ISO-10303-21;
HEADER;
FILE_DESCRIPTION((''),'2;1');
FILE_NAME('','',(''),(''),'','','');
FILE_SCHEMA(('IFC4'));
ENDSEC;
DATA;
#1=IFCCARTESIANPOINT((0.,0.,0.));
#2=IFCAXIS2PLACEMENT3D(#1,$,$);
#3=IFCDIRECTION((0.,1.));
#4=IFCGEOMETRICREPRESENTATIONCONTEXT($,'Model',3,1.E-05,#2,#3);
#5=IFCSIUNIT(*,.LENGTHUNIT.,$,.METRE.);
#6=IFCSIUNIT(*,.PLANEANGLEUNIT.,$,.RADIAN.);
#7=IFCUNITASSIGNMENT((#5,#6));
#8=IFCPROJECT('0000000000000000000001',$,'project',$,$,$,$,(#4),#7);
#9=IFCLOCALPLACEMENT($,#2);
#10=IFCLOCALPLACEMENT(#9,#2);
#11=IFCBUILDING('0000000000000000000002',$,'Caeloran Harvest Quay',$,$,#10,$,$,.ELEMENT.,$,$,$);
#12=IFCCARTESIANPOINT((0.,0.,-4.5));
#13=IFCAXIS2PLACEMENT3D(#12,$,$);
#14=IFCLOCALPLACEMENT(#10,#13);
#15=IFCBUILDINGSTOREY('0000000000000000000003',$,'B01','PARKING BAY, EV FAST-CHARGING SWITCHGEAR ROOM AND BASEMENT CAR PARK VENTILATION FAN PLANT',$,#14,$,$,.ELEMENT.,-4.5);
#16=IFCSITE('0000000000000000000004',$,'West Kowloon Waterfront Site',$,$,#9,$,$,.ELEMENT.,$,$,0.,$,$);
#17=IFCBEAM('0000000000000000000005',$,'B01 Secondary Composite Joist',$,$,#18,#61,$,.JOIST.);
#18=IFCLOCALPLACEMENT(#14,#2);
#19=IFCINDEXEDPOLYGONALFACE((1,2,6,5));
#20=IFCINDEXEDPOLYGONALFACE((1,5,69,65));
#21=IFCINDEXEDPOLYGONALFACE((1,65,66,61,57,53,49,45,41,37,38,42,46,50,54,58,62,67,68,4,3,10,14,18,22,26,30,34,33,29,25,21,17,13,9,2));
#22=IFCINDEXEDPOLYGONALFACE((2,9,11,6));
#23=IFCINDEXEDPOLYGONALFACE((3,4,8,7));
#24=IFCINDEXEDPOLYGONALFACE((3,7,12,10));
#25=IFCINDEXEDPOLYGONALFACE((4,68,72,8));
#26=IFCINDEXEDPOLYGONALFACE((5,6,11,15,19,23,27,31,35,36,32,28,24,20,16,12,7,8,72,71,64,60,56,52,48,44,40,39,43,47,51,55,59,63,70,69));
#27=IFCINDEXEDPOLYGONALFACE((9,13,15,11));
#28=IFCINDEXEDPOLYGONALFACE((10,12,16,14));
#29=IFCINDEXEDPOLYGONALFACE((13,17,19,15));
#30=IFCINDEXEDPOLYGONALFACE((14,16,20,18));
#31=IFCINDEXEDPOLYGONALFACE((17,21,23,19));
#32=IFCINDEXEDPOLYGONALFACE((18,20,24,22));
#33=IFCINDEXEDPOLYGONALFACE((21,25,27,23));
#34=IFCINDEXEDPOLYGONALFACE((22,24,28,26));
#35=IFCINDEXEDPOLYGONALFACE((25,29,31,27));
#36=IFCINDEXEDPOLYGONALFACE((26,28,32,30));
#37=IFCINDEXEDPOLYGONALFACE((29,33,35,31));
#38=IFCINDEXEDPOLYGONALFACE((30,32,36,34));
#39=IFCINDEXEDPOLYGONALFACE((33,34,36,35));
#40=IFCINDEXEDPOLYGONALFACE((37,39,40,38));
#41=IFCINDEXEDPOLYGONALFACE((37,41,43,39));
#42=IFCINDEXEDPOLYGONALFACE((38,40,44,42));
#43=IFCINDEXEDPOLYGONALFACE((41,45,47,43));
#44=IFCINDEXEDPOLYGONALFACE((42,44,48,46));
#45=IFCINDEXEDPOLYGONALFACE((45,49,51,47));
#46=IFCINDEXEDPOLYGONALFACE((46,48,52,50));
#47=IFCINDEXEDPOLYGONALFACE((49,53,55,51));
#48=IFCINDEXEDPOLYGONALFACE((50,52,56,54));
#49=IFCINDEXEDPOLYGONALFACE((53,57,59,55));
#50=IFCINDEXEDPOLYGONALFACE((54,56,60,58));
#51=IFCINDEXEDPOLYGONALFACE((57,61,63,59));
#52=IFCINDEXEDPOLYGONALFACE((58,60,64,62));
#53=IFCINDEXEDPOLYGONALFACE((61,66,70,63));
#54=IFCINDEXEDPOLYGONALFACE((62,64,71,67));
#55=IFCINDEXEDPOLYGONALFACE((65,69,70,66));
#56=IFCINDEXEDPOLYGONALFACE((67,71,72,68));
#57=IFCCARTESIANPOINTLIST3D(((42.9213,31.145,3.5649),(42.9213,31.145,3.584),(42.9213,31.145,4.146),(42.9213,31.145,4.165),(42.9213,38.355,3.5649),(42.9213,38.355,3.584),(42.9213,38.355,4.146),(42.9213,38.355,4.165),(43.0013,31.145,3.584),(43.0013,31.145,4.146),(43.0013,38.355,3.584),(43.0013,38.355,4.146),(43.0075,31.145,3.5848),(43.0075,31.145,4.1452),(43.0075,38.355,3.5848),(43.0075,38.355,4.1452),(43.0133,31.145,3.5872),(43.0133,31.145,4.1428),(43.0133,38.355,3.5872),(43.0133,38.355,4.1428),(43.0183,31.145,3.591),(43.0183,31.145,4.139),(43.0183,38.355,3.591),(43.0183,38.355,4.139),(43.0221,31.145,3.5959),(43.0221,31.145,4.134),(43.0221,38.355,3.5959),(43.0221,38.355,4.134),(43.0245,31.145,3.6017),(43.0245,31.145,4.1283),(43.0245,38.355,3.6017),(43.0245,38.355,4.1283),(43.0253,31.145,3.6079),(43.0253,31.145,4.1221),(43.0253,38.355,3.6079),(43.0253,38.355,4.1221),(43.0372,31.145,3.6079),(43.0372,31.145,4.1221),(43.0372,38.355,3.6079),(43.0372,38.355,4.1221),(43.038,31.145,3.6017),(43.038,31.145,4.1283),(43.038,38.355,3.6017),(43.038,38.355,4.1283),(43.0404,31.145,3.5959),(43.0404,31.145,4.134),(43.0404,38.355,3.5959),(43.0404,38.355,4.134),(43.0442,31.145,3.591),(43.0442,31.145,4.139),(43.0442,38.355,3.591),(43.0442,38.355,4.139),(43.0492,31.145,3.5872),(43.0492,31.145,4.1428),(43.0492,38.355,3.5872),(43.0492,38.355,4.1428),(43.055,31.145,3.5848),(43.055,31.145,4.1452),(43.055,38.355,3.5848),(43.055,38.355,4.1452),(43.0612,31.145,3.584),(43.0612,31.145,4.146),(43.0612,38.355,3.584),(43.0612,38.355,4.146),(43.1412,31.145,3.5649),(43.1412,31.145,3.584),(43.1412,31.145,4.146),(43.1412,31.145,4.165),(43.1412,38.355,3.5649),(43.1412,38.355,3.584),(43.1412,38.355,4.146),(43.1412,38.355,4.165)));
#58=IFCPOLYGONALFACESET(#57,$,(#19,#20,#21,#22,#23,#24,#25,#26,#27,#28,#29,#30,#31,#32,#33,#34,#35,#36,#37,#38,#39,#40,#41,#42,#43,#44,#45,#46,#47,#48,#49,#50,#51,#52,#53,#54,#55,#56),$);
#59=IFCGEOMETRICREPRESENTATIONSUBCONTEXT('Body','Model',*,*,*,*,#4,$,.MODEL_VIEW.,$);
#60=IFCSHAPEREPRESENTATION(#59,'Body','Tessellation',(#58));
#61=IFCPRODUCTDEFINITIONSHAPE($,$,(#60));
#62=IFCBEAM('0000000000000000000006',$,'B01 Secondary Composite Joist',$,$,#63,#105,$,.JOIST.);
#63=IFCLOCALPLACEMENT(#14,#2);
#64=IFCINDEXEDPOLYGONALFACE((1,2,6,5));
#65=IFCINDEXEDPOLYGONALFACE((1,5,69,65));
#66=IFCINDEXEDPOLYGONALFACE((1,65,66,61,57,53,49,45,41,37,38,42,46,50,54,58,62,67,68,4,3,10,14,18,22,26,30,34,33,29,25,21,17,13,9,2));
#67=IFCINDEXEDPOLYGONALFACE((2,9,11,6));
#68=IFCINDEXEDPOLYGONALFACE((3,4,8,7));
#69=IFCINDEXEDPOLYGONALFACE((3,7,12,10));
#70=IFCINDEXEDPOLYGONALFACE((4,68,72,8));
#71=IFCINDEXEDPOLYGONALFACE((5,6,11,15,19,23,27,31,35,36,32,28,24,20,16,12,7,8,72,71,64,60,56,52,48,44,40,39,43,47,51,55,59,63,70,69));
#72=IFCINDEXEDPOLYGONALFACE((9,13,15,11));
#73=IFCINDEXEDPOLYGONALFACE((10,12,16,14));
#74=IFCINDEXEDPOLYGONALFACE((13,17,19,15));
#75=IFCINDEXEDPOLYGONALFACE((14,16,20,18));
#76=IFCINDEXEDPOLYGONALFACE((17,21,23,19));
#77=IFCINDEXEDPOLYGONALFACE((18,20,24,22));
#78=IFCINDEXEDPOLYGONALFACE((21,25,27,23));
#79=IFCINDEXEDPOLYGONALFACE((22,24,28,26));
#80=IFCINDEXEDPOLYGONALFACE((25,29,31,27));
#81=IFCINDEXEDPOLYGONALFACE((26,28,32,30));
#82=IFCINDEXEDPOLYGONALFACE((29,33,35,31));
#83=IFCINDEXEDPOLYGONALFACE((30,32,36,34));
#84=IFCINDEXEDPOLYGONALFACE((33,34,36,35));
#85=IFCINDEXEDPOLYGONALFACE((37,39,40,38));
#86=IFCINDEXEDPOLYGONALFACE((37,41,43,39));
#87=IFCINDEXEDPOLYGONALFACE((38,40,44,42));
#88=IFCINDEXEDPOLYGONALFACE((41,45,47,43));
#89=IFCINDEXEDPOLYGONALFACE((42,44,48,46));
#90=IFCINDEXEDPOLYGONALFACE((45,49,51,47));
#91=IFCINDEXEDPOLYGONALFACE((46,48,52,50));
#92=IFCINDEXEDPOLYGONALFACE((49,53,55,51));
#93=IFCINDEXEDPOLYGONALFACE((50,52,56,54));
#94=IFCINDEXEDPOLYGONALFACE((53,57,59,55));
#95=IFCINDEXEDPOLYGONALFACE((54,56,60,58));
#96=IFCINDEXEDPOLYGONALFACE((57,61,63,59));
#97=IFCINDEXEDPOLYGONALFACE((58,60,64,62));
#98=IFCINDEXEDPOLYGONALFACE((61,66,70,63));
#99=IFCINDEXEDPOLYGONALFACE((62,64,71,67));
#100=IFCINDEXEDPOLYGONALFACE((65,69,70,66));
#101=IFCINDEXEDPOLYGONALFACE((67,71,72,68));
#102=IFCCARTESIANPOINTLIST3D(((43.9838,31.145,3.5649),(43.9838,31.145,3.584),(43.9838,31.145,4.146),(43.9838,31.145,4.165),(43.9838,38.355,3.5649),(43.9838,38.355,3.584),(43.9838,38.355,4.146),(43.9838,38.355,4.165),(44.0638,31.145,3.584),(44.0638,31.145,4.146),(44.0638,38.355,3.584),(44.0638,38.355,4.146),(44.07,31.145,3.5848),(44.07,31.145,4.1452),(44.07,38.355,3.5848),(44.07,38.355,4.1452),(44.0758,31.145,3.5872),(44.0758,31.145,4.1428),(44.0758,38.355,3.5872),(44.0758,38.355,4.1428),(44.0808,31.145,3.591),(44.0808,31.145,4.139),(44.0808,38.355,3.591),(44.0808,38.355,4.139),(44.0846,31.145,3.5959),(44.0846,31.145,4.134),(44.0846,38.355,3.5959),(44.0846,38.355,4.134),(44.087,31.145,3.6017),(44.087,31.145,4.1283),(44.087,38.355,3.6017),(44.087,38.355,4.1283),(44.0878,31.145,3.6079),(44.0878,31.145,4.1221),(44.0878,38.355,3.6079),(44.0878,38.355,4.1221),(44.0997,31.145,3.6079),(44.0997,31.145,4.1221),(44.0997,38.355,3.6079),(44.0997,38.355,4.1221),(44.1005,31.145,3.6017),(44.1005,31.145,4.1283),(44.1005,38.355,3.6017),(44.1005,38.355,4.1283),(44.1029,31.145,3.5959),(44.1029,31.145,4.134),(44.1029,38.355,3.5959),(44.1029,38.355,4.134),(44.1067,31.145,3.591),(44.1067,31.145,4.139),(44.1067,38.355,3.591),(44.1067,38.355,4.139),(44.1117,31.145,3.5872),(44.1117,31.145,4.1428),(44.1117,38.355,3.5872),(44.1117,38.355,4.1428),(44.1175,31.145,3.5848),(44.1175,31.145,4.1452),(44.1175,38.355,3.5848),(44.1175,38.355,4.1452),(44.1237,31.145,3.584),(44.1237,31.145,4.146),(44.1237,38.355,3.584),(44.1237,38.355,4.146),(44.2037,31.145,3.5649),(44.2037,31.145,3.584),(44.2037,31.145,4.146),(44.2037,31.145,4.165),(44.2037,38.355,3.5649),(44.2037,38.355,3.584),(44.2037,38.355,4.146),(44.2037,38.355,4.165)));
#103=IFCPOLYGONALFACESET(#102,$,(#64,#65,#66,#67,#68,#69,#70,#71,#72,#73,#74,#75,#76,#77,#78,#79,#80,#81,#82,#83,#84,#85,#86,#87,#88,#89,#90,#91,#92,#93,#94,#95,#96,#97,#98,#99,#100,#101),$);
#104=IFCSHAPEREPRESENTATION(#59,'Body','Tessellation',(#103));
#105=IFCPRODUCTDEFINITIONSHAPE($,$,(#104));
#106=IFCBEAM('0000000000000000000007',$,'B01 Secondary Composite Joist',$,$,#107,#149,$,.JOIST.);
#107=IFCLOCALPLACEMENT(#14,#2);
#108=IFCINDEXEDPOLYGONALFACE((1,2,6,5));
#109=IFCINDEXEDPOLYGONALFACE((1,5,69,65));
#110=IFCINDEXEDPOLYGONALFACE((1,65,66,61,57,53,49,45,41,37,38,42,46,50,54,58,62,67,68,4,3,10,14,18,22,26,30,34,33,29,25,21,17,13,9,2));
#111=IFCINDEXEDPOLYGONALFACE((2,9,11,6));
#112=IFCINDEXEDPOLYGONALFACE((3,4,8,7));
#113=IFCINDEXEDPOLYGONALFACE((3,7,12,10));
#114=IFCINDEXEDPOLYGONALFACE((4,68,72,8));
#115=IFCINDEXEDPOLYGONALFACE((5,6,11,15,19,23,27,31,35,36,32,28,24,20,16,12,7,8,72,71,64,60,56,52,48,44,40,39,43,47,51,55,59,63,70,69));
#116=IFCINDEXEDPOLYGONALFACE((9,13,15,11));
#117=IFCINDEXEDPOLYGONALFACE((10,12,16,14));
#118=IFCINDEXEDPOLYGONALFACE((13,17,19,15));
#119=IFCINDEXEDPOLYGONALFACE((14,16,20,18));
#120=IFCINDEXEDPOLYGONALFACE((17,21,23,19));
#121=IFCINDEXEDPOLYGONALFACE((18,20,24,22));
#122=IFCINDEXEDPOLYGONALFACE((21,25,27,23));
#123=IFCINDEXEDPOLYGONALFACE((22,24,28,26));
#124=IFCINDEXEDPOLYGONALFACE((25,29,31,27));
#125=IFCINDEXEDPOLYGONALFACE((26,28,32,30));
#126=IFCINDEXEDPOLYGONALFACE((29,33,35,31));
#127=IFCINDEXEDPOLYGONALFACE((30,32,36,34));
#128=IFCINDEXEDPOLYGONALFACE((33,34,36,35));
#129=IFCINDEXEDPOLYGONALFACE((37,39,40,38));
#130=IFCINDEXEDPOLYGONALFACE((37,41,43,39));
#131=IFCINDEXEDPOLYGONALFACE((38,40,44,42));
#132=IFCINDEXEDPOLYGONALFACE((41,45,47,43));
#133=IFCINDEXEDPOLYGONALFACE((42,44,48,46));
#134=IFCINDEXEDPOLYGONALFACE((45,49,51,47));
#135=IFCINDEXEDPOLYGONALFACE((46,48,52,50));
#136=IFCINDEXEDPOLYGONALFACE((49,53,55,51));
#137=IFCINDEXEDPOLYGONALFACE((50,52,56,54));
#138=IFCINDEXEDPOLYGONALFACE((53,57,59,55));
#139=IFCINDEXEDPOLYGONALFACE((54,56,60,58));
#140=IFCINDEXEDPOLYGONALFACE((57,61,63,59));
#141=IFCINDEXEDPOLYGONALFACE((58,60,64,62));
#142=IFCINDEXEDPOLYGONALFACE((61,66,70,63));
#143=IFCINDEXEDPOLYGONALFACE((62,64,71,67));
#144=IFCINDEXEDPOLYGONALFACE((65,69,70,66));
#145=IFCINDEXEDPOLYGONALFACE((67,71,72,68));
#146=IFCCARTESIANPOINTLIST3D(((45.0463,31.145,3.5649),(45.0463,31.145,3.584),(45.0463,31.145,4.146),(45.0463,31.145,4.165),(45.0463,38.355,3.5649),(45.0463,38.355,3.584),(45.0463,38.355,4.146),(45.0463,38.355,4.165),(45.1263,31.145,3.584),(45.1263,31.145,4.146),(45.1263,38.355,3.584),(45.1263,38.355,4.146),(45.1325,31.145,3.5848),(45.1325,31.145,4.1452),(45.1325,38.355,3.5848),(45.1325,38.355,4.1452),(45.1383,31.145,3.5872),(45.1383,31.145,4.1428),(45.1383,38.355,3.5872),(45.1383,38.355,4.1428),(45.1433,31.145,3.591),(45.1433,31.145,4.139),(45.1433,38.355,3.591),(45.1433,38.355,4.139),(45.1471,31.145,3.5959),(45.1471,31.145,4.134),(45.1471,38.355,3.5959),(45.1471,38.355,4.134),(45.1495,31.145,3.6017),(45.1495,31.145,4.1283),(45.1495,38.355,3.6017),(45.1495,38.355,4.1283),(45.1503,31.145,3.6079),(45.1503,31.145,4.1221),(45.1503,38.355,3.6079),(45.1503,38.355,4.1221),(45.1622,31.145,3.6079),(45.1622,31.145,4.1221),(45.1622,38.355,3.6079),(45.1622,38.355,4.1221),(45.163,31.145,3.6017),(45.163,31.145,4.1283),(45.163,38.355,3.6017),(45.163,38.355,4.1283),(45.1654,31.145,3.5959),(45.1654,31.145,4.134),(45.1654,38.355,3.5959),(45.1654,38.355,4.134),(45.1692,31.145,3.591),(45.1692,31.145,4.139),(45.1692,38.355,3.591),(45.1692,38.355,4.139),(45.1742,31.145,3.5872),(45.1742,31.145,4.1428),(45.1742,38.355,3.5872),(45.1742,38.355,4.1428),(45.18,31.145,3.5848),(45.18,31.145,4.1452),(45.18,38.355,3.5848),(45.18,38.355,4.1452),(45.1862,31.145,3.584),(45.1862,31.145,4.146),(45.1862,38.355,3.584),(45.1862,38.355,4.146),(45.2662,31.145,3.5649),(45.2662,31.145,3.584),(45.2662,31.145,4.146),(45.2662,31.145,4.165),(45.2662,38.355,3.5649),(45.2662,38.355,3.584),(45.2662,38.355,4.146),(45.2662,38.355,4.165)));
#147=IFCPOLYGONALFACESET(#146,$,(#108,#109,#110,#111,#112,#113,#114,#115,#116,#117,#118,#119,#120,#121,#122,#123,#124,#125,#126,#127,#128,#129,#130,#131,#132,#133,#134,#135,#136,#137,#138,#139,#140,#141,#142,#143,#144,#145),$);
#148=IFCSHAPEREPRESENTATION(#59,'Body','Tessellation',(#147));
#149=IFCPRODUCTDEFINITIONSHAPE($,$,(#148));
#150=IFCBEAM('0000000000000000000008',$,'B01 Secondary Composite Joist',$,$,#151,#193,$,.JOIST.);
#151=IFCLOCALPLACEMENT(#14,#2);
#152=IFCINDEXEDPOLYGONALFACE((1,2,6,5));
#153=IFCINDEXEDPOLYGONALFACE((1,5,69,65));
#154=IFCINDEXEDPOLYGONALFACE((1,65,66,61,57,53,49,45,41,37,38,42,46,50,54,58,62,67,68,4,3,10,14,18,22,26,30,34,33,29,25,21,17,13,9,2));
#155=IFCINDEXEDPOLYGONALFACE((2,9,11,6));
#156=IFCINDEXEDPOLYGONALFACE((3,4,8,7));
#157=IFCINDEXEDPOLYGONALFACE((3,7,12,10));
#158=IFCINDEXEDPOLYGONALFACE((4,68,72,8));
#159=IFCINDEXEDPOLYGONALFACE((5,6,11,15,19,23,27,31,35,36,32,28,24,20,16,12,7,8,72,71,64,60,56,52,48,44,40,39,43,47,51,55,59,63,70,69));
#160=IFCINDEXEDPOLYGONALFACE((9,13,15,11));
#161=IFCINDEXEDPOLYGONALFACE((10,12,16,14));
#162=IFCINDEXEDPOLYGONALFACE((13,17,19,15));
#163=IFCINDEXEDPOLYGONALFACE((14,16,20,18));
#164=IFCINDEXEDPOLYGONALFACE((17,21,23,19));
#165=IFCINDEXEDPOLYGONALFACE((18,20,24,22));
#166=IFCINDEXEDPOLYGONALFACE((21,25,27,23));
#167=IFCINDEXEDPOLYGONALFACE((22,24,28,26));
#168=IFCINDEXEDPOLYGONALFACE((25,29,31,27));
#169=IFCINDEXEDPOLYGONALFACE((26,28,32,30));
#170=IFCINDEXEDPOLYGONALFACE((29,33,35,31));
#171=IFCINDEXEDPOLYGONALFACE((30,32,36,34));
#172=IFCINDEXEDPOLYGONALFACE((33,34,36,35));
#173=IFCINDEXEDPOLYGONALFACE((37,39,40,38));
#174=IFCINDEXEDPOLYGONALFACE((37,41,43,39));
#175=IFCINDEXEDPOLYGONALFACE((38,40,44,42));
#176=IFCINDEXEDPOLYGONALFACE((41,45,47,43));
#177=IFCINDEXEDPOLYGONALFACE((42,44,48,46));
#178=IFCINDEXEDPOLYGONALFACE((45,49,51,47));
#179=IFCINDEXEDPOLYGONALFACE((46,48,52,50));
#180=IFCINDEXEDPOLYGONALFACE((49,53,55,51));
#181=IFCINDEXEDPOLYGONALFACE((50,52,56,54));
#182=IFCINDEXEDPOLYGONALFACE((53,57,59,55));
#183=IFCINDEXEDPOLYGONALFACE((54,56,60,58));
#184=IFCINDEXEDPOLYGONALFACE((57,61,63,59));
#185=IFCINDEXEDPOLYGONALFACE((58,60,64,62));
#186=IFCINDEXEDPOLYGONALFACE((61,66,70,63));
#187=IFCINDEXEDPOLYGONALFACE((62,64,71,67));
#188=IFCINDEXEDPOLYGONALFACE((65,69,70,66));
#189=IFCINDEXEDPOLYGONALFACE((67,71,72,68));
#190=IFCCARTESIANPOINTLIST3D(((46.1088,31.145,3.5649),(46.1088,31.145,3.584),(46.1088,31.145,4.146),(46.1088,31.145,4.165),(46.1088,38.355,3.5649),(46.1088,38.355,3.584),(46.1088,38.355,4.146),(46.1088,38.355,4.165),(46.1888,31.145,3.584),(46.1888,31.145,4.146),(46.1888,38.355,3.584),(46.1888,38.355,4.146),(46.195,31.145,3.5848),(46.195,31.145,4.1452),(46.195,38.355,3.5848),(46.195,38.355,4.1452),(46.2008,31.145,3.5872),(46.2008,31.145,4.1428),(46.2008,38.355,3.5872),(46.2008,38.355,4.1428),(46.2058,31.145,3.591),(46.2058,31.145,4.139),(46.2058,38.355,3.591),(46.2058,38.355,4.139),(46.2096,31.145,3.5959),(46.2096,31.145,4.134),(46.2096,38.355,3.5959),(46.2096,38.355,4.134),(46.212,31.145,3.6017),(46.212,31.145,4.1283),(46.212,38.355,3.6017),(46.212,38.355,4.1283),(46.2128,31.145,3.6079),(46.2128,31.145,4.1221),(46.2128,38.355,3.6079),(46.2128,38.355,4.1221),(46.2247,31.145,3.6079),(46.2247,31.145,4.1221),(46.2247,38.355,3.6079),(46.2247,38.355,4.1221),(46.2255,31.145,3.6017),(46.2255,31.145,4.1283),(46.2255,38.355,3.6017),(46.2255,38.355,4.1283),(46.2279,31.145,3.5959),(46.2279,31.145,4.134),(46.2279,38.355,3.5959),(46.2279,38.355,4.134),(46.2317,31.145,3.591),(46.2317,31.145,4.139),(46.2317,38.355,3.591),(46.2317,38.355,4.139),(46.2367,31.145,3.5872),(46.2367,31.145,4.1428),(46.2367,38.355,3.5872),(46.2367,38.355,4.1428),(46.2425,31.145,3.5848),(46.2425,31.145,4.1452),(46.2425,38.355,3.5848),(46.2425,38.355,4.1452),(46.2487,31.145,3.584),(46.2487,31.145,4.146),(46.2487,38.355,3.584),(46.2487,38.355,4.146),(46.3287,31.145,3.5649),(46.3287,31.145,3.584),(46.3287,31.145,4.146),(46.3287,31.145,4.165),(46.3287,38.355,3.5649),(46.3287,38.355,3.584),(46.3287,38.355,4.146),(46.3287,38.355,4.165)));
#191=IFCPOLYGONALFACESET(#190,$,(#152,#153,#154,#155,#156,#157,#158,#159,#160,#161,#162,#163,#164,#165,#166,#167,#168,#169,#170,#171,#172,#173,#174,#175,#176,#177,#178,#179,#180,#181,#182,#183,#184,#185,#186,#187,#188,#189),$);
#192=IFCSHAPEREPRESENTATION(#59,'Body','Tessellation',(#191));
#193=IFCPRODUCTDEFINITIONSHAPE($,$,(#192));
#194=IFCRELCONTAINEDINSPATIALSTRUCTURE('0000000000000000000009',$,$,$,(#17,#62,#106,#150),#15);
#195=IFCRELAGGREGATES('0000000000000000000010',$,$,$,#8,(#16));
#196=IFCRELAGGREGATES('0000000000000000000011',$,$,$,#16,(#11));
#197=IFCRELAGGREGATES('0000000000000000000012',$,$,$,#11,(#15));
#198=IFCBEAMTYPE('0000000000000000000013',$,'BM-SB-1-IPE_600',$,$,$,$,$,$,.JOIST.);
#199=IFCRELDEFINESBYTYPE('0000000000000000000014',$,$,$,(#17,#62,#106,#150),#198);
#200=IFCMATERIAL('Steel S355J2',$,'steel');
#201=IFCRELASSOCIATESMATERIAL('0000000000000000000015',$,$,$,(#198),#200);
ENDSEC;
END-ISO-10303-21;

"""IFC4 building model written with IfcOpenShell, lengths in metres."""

from ifc_helpers import new_model, si_unit, direction, frame, origin, origin_2d, place, context, subcontext, project, spatial, i_section, extrude, material, material_profile, profile_set, type_object, element, save


model = new_model("IFC4")

# Units and contexts
model_context = context("Model", 3, precision=1e-05, world=origin(), true_north=direction((0.0, 1.0)))
body_context = subcontext(model_context, "Body", "Model", "MODEL_VIEW")
ifc_project = project(units=[si_unit("LENGTHUNIT", "METRE"), si_unit("PLANEANGLEUNIT", "RADIAN")], contexts=[model_context])

# Site, building, storey
site_placement = place(None, origin())
site = spatial("IfcSite", under=ifc_project, at=site_placement, Name="West Kowloon Waterfront Site", CompositionType="ELEMENT", RefElevation=0.0)
building_placement = place(site_placement, origin())
building = spatial("IfcBuilding", under=site, at=building_placement, Name="Caeloran Harvest Quay", CompositionType="ELEMENT")
storey_placement = place(building_placement, frame((0.0, 0.0, -4.5)))
storey = spatial("IfcBuildingStorey", under=building, at=storey_placement, Name="B01", Description="PARKING BAY, EV FAST-CHARGING SWITCHGEAR ROOM AND BASEMENT CAR PARK VENTILATION FAN PLANT", CompositionType="ELEMENT", Elevation=-4.5)

# Beams
ifc_material_1 = material(Name="Steel S355J2", Category="steel")
ifc_material_profile_1 = material_profile(ifc_material_1, i_section(OverallWidth=0.22, OverallDepth=0.6001, WebThickness=0.012, FlangeThickness=0.019, FilletRadius=0.0239, at=origin_2d()), Name="IPE 600")
ifc_profile_set_1 = profile_set([ifc_material_profile_1], Name="Steel S355J2")
beam_type_1 = type_object("IfcBeamType", Name="BM-SB-1-IPE_600", PredefinedType="JOIST", material=ifc_profile_set_1)
for number, where, z_axis, x_axis, name in (
    (1, (43.0312, 31.145, 3.865), (0.0, 1.0, 0.0), (-1.0, 0.0, 0.0), "B01 Secondary Composite Joist"),
    (2, (44.0938, 31.145, 3.865), (0.0, 1.0, 0.0), (-1.0, 0.0, 0.0), "B01 Secondary Composite Joist"),
    (3, (45.1562, 31.145, 3.865), (0.0, 1.0, 0.0), (-1.0, 0.0, 0.0), "B01 Secondary Composite Joist"),
    (4, (46.2188, 31.145, 3.865), (0.0, 1.0, 0.0), (-1.0, 0.0, 0.0), "B01 Secondary Composite Joist"),
):
    element("IfcBeam", number, at=place(storey_placement, frame(where, z_axis=z_axis, x_axis=x_axis)), inside=storey, type_object=beam_type_1, Name=name, PredefinedType="JOIST", context=body_context, shape_type="SweptSolid", body=[
        extrude(i_section(OverallWidth=0.22, OverallDepth=0.6001, WebThickness=0.012, FlangeThickness=0.019, FilletRadius=0.0239, at=origin_2d()), origin(), (0.0, 0.0, 1.0), 7.21),
    ])

save(model, "model.ifc")
